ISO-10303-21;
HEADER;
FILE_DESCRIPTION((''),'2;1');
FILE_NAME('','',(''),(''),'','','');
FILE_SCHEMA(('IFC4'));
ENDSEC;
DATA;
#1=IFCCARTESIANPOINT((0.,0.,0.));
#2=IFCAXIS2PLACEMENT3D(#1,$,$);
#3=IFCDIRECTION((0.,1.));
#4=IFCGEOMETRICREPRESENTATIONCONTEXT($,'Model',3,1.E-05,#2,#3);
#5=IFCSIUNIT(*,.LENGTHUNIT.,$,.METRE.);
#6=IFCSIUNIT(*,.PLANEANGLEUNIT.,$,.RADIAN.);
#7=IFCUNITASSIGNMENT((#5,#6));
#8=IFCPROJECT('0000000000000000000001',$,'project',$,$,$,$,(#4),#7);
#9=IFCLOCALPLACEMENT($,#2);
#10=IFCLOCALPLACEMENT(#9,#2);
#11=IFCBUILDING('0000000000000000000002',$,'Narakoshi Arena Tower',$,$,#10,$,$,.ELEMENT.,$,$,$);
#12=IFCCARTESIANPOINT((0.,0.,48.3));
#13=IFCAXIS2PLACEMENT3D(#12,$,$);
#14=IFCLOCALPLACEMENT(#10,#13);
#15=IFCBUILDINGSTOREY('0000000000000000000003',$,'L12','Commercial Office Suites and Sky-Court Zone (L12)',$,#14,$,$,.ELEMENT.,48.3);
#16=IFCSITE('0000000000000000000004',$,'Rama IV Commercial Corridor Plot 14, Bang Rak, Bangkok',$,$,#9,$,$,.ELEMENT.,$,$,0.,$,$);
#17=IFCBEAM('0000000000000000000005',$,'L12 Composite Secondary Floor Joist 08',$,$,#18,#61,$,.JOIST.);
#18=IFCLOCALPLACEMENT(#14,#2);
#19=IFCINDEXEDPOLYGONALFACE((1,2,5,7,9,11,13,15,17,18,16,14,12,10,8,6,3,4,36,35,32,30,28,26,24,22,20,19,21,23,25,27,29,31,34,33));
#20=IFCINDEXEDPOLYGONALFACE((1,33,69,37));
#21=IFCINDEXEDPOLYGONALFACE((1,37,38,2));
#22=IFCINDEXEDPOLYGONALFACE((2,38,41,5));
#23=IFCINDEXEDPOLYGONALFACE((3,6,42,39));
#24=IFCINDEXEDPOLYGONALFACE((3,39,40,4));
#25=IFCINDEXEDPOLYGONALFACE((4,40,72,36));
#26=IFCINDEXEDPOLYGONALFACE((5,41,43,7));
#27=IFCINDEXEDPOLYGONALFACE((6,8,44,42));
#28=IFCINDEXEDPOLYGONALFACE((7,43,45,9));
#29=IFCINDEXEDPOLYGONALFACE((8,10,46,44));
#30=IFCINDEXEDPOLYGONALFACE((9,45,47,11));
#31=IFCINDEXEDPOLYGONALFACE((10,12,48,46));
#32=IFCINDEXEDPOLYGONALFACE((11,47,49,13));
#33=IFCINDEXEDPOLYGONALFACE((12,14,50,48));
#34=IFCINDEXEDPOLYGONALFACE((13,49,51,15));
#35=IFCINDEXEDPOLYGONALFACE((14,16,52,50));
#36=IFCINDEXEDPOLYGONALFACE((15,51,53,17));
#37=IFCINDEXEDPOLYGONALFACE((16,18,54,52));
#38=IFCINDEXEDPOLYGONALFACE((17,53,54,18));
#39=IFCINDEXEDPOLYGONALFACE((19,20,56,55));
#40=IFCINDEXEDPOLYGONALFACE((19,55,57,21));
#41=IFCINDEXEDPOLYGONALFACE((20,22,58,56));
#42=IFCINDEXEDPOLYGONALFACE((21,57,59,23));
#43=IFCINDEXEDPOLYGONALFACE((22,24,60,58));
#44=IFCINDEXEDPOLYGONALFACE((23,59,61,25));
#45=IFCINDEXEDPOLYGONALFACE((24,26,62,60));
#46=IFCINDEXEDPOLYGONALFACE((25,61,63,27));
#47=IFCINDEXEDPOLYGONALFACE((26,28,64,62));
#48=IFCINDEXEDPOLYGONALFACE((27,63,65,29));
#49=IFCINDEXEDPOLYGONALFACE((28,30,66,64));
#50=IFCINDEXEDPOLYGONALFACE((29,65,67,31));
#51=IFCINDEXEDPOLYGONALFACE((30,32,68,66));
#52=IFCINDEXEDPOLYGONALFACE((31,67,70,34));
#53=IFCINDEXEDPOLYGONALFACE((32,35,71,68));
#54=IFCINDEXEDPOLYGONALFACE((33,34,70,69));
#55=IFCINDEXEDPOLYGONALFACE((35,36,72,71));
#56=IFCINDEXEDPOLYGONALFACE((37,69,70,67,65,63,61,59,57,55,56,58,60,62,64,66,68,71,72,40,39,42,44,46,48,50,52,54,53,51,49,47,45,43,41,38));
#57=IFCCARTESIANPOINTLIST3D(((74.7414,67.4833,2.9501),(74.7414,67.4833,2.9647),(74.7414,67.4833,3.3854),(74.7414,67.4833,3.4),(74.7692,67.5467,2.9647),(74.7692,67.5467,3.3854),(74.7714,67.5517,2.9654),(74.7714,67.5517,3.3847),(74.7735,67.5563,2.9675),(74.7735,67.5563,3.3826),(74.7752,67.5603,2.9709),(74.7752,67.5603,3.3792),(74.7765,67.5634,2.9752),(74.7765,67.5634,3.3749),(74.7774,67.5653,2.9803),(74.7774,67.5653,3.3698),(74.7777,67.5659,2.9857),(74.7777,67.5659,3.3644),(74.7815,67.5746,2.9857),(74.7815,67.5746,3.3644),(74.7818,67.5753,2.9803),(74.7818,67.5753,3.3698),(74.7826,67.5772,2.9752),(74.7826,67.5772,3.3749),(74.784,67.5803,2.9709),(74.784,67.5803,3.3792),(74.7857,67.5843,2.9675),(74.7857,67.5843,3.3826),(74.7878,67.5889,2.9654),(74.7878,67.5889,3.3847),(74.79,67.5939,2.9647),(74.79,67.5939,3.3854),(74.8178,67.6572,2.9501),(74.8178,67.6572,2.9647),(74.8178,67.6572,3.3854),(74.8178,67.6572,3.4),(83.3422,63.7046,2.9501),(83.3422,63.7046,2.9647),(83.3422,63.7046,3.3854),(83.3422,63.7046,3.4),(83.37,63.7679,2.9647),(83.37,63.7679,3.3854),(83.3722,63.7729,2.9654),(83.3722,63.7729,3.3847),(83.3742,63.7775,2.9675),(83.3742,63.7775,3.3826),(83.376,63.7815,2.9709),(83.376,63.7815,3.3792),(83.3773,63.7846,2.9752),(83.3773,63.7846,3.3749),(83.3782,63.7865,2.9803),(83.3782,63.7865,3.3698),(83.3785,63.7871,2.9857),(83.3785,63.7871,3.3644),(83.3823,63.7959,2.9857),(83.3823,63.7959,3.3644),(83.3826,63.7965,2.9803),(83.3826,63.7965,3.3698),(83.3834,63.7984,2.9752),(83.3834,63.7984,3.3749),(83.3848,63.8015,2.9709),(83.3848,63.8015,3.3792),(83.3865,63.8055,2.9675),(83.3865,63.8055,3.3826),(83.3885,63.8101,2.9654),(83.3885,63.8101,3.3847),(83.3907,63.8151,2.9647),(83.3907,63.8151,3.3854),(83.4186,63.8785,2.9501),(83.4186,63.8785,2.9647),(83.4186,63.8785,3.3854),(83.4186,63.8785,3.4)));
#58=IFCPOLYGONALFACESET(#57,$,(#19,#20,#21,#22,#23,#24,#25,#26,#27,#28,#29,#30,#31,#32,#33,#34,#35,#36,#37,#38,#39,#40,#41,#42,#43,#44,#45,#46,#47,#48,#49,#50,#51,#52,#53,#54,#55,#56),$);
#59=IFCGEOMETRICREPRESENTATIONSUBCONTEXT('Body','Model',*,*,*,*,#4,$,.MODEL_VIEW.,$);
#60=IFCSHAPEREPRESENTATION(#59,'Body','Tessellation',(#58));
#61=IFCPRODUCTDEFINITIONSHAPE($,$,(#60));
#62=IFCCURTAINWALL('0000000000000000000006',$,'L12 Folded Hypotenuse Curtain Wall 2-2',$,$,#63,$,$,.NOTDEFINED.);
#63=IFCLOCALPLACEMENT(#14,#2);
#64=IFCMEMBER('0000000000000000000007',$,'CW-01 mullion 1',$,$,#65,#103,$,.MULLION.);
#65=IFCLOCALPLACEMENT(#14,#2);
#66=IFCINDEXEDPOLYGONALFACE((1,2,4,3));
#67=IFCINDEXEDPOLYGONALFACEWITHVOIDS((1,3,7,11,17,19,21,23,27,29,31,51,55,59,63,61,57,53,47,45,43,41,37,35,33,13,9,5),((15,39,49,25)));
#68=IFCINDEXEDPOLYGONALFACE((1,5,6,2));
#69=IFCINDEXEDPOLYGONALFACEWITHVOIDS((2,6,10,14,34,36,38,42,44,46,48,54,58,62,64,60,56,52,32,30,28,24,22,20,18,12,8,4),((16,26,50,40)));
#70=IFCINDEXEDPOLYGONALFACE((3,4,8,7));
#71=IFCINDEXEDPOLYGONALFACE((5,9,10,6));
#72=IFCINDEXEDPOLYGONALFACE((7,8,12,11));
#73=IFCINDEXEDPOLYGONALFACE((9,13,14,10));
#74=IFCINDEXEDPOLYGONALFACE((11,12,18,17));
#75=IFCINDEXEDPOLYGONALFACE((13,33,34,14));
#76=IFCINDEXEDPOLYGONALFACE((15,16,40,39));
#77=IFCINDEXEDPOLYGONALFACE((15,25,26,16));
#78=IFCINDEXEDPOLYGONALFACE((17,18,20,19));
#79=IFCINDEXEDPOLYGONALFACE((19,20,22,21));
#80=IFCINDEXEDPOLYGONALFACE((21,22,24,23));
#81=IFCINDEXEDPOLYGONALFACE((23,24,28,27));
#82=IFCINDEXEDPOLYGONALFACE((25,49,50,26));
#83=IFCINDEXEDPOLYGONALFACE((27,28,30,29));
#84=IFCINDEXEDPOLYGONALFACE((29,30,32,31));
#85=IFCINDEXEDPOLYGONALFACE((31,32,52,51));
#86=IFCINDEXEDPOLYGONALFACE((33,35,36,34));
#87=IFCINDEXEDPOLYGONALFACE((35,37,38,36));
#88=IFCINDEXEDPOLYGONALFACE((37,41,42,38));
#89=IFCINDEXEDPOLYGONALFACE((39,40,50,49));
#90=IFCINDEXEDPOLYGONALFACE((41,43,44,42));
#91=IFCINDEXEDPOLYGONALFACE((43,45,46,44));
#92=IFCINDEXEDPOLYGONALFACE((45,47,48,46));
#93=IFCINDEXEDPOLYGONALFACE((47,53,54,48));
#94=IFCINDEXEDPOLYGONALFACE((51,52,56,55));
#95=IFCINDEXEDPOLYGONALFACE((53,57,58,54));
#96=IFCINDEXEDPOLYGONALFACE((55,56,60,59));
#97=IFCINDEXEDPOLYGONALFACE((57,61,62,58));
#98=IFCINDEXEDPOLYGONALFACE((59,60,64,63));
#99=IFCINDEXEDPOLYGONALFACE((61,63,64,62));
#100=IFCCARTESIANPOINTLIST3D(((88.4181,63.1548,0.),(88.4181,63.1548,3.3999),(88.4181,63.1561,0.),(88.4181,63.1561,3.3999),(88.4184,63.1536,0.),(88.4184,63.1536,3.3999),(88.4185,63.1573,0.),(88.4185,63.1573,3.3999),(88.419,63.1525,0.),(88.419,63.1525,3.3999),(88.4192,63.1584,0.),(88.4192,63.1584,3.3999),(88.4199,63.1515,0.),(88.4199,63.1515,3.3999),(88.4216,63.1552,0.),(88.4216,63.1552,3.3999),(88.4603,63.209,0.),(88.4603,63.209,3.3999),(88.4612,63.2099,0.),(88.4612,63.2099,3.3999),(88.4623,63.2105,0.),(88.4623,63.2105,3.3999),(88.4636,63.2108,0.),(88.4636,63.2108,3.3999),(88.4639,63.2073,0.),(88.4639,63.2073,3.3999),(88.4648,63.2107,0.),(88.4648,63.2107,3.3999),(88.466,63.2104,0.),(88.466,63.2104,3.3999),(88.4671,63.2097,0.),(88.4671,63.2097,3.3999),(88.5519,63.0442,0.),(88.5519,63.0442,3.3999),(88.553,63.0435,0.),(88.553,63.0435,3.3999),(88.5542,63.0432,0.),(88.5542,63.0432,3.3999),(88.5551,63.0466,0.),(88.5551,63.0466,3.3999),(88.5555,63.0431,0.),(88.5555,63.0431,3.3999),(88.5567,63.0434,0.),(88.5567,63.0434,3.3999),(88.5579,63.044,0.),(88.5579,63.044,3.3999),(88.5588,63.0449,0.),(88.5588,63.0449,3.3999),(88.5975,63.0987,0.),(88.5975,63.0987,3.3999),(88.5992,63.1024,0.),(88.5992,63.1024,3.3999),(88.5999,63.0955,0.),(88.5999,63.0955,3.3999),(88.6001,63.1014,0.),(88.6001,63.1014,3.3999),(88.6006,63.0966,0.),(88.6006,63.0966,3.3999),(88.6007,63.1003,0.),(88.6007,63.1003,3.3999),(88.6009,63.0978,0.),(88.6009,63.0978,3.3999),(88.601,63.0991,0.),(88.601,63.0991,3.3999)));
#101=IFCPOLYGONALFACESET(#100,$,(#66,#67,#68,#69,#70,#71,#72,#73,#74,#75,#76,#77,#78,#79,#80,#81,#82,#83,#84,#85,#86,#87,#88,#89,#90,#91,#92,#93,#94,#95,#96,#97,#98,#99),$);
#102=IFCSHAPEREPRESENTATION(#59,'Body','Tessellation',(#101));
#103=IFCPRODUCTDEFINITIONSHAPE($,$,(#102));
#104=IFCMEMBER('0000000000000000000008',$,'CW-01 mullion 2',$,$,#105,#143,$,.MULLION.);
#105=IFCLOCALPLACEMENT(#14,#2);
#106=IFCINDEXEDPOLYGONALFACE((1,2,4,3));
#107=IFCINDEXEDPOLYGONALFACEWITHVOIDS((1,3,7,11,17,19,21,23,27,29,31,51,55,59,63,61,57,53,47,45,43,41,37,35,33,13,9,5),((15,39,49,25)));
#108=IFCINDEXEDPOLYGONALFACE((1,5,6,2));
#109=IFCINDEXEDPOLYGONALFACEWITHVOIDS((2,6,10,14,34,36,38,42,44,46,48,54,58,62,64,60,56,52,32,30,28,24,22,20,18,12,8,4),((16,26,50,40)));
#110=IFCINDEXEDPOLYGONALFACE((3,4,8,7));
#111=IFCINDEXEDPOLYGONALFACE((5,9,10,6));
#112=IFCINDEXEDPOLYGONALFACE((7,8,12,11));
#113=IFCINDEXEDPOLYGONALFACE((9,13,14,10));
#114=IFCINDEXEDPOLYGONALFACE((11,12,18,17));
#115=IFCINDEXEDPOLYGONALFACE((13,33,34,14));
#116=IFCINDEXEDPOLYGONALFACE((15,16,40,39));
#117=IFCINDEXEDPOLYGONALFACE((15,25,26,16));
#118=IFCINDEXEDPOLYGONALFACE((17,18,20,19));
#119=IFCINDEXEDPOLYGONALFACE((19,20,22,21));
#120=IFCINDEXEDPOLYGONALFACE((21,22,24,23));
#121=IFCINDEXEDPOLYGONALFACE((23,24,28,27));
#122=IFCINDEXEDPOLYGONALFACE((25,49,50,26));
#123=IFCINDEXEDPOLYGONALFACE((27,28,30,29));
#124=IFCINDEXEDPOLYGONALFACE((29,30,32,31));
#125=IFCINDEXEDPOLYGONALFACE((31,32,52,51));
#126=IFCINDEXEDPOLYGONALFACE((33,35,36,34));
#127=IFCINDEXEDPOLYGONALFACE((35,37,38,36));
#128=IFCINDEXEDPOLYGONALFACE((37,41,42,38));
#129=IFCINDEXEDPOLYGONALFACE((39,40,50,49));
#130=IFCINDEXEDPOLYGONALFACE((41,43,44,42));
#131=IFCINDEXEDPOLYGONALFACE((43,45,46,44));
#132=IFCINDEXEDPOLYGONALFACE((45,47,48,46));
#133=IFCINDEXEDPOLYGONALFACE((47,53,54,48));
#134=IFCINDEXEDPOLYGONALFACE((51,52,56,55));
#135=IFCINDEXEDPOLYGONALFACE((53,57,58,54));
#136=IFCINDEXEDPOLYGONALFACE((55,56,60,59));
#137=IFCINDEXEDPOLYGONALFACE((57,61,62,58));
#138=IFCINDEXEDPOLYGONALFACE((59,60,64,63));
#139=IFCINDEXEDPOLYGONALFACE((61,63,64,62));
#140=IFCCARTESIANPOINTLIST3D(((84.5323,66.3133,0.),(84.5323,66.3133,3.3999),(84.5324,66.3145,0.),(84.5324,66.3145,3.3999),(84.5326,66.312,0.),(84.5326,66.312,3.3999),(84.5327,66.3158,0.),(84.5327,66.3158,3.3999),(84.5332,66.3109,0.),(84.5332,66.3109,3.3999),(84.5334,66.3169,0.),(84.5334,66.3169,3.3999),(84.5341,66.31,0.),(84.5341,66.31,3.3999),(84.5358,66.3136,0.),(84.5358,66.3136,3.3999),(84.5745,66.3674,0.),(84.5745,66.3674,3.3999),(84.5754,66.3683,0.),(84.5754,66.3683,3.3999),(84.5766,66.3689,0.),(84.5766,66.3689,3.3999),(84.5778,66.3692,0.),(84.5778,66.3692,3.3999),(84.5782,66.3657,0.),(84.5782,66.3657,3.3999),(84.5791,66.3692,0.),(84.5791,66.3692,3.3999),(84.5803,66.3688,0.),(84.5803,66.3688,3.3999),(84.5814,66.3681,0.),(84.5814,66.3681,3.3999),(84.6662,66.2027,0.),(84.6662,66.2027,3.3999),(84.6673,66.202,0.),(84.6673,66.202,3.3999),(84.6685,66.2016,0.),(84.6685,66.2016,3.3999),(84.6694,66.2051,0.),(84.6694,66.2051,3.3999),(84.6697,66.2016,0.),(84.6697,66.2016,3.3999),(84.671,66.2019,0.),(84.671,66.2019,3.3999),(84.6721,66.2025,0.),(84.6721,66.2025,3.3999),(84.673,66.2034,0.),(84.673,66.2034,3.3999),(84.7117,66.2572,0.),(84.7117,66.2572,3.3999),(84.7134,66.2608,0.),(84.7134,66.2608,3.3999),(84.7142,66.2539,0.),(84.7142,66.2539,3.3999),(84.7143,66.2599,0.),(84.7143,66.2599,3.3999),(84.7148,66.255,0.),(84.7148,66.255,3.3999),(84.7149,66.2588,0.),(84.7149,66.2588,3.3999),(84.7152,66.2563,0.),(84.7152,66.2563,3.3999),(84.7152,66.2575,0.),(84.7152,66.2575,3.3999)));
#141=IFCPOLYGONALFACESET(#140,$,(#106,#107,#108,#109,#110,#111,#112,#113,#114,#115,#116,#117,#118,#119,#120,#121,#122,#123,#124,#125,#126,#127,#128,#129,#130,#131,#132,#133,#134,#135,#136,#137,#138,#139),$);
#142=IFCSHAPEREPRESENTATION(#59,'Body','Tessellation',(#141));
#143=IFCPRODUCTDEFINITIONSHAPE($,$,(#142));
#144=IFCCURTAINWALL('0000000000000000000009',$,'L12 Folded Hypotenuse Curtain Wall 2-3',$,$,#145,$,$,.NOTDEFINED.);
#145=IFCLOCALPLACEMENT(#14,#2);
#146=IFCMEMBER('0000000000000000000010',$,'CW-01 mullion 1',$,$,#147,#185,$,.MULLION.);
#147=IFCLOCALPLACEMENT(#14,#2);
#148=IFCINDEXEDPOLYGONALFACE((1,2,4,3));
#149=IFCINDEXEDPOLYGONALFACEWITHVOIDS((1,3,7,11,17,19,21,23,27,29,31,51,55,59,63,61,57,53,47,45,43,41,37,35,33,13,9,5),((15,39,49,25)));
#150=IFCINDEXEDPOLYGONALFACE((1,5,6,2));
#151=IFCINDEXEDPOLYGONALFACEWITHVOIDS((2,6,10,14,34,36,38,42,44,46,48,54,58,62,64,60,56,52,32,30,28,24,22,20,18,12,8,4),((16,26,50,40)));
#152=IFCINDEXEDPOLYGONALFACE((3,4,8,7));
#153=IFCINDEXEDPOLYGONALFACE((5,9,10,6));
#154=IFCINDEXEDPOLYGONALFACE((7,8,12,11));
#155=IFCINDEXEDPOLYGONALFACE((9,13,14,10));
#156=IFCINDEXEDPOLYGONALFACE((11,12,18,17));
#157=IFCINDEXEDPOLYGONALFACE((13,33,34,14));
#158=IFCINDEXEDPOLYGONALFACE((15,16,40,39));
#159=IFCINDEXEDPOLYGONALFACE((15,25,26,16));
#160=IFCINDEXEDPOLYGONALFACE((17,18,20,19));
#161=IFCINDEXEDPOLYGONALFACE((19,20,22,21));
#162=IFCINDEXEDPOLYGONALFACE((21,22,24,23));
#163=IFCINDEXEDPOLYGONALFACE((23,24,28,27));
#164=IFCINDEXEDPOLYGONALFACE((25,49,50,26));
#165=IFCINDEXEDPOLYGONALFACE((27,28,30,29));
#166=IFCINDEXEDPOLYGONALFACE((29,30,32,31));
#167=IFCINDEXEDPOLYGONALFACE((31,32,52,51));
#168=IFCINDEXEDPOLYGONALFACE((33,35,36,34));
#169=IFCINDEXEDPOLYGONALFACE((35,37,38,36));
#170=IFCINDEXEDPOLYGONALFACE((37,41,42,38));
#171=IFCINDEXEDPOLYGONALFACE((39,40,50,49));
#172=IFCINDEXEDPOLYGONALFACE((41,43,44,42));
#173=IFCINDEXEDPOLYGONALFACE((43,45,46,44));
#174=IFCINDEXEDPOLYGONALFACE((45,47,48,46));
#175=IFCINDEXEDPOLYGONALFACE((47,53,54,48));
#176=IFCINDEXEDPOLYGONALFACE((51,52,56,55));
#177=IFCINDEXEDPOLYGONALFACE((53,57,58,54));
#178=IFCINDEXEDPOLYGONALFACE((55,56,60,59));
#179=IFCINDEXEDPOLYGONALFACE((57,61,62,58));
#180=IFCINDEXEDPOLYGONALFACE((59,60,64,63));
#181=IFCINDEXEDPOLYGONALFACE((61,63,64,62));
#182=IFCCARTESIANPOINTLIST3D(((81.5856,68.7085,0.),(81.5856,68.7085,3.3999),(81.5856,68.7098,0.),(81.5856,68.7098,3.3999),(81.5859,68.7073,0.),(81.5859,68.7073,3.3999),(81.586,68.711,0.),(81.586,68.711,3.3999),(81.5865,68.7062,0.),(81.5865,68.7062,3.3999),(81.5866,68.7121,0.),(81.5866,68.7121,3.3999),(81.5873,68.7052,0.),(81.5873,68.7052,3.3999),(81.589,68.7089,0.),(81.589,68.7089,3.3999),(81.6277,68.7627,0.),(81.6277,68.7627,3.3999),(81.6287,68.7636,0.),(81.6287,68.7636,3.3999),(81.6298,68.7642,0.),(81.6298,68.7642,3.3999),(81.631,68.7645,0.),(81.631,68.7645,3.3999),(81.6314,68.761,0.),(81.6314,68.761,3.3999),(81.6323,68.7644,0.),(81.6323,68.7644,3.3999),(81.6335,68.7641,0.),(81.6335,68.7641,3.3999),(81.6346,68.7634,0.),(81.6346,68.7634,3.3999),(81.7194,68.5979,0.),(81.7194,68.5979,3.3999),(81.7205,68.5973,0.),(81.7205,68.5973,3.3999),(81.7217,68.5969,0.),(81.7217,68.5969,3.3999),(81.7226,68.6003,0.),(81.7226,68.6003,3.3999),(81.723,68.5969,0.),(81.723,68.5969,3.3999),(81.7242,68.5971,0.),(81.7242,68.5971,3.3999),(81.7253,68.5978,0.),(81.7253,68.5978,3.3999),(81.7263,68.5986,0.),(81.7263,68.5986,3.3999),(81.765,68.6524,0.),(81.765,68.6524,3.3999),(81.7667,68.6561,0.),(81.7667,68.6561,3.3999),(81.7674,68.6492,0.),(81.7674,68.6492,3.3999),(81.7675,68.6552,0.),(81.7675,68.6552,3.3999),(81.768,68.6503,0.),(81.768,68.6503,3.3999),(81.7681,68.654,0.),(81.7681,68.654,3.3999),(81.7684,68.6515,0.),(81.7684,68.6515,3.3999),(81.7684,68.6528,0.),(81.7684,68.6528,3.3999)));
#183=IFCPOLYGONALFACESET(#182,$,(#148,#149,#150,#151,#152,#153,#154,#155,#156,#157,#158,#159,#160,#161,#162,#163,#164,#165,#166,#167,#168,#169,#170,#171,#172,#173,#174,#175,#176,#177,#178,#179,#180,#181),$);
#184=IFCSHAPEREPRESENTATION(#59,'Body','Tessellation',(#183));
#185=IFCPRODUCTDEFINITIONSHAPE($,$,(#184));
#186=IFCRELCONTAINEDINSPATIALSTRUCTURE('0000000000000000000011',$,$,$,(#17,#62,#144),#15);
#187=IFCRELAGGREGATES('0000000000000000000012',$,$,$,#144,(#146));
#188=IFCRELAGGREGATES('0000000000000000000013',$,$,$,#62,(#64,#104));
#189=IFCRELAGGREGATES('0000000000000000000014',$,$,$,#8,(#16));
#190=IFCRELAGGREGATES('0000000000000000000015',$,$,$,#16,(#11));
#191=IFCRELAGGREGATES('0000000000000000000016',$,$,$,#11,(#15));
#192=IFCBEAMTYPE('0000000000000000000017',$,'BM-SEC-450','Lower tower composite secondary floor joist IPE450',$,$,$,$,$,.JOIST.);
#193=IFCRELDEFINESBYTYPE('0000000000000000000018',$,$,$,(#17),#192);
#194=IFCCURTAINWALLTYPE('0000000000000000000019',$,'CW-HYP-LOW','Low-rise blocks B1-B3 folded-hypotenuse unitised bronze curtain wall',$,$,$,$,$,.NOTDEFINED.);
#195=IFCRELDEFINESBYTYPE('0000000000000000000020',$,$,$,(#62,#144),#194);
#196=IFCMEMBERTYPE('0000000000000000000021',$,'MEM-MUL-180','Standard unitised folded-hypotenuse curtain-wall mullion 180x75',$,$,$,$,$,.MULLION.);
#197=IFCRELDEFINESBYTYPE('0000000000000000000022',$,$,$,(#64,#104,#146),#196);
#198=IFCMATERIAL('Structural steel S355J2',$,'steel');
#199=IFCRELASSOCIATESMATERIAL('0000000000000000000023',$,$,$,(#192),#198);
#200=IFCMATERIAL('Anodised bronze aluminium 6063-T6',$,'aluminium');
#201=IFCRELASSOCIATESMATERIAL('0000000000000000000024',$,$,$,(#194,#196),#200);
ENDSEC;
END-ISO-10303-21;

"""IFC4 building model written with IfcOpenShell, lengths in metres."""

from ifc_helpers import new_model, si_unit, direction, frame, origin, origin_2d, place, context, subcontext, project, spatial, hollow_rectangle, i_section, extrude, material, material_profile, profile_set, type_object, element, aggregate, save


model = new_model("IFC4")

# Units and contexts
model_context = context("Model", 3, precision=1e-05, world=origin(), true_north=direction((0.0, 1.0)))
body_context = subcontext(model_context, "Body", "Model", "MODEL_VIEW")
ifc_project = project(units=[si_unit("LENGTHUNIT", "METRE"), si_unit("PLANEANGLEUNIT", "RADIAN")], contexts=[model_context])

# Site, building, storey
site_placement = place(None, origin())
site = spatial("IfcSite", under=ifc_project, at=site_placement, Name="Rama IV Commercial Corridor Plot 14, Bang Rak, Bangkok", CompositionType="ELEMENT", RefElevation=0.0)
building_placement = place(site_placement, origin())
building = spatial("IfcBuilding", under=site, at=building_placement, Name="Narakoshi Arena Tower", CompositionType="ELEMENT")
storey_placement = place(building_placement, frame((0.0, 0.0, 48.3)))
storey = spatial("IfcBuildingStorey", under=building, at=storey_placement, Name="L12", Description="Commercial Office Suites and Sky-Court Zone (L12)", CompositionType="ELEMENT", Elevation=48.3)

# Beam
ifc_material_1 = material(Name="Structural steel S355J2", Category="steel")
ifc_material_profile_1 = material_profile(ifc_material_1, i_section(OverallWidth=0.1899, OverallDepth=0.45, WebThickness=0.0095, FlangeThickness=0.0146, FilletRadius=0.021, at=origin_2d()), Name="IPE450")
ifc_profile_set_1 = profile_set([ifc_material_profile_1], Name="Structural steel S355J2")
beam_type_1 = type_object("IfcBeamType", Name="BM-SEC-450", Description="Lower tower composite secondary floor joist IPE450", PredefinedType="JOIST", material=ifc_profile_set_1)
beam_1_placement = place(storey_placement, frame((83.3804, 63.7915, 3.175), z_axis=(-0.915533, 0.402243, 0.0), x_axis=(-0.402243, -0.915533, 0.0)))
element("IfcBeam", 1, at=beam_1_placement, inside=storey, type_object=beam_type_1, Name="L12 Composite Secondary Floor Joist 08", PredefinedType="JOIST", context=body_context, shape_type="SweptSolid", body=[
    extrude(i_section(OverallWidth=0.1899, OverallDepth=0.45, WebThickness=0.0095, FlangeThickness=0.0146, FilletRadius=0.021, at=origin_2d()), origin(), (0.0, 0.0, 1.0), 9.3943),
])

# Curtain wall, members
ifc_material_2 = material(Name="Anodised bronze aluminium 6063-T6", Category="aluminium")
curtain_wall_type = type_object("IfcCurtainWallType", Name="CW-HYP-LOW", Description="Low-rise blocks B1-B3 folded-hypotenuse unitised bronze curtain wall", PredefinedType="NOTDEFINED", material=ifc_material_2)
curtain_wall_1_placement = place(storey_placement, origin())
curtain_wall_1 = element("IfcCurtainWall", 2, at=curtain_wall_1_placement, inside=storey, type_object=curtain_wall_type, Name="L12 Folded Hypotenuse Curtain Wall 2-2", PredefinedType="NOTDEFINED")
ifc_material_profile_2 = material_profile(ifc_material_2, hollow_rectangle(XDim=0.075, YDim=0.1799, WallThickness=0.0039, OuterFilletRadius=0.0049, at=origin_2d()), Name="MUL180x75x4")
ifc_profile_set_2 = profile_set([ifc_material_profile_2], Name="Anodised bronze aluminium 6063-T6")
member_type_1 = type_object("IfcMemberType", Name="MEM-MUL-180", Description="Standard unitised folded-hypotenuse curtain-wall mullion 180x75", PredefinedType="MULLION", material=ifc_profile_set_2)
member_1_placement = place(storey_placement, frame((88.5095, 63.127, 0.0), z_axis=(0.0, 0.0, 1.0), x_axis=(-0.630735, -0.775998, 0.0)))
member_1 = element("IfcMember", 3, at=member_1_placement, type_object=member_type_1, Name="CW-01 mullion 1", PredefinedType="MULLION", context=body_context, shape_type="SweptSolid", body=[
    extrude(hollow_rectangle(XDim=0.075, YDim=0.1799, WallThickness=0.0039, OuterFilletRadius=0.0049, at=origin_2d()), origin(), (0.0, 0.0, 1.0), 3.3999),
])
member_2_placement = place(storey_placement, frame((84.6238, 66.2854, 0.0), z_axis=(0.0, 0.0, 1.0), x_axis=(-0.630735, -0.775998, 0.0)))
member_2 = element("IfcMember", 4, at=member_2_placement, type_object=member_type_1, Name="CW-01 mullion 2", PredefinedType="MULLION", context=body_context, shape_type="SweptSolid", body=[
    extrude(hollow_rectangle(XDim=0.075, YDim=0.1799, WallThickness=0.0039, OuterFilletRadius=0.0049, at=origin_2d()), origin(), (0.0, 0.0, 1.0), 3.3999),
])

# Curtain wall, member
curtain_wall_2_placement = place(storey_placement, origin())
curtain_wall_2 = element("IfcCurtainWall", 5, at=curtain_wall_2_placement, inside=storey, type_object=curtain_wall_type, Name="L12 Folded Hypotenuse Curtain Wall 2-3", PredefinedType="NOTDEFINED")
member_3_placement = place(storey_placement, frame((81.677, 68.6807, 0.0), z_axis=(0.0, 0.0, 1.0), x_axis=(-0.630723, -0.776008, 0.0)))
member_3 = element("IfcMember", 6, at=member_3_placement, type_object=member_type_1, Name="CW-01 mullion 1", PredefinedType="MULLION", context=body_context, shape_type="SweptSolid", body=[
    extrude(hollow_rectangle(XDim=0.075, YDim=0.1799, WallThickness=0.0039, OuterFilletRadius=0.0049, at=origin_2d()), origin(), (0.0, 0.0, 1.0), 3.3999),
])

aggregate(curtain_wall_2, [member_3])

aggregate(curtain_wall_1, [member_1, member_2])

save(model, "model.ifc")
